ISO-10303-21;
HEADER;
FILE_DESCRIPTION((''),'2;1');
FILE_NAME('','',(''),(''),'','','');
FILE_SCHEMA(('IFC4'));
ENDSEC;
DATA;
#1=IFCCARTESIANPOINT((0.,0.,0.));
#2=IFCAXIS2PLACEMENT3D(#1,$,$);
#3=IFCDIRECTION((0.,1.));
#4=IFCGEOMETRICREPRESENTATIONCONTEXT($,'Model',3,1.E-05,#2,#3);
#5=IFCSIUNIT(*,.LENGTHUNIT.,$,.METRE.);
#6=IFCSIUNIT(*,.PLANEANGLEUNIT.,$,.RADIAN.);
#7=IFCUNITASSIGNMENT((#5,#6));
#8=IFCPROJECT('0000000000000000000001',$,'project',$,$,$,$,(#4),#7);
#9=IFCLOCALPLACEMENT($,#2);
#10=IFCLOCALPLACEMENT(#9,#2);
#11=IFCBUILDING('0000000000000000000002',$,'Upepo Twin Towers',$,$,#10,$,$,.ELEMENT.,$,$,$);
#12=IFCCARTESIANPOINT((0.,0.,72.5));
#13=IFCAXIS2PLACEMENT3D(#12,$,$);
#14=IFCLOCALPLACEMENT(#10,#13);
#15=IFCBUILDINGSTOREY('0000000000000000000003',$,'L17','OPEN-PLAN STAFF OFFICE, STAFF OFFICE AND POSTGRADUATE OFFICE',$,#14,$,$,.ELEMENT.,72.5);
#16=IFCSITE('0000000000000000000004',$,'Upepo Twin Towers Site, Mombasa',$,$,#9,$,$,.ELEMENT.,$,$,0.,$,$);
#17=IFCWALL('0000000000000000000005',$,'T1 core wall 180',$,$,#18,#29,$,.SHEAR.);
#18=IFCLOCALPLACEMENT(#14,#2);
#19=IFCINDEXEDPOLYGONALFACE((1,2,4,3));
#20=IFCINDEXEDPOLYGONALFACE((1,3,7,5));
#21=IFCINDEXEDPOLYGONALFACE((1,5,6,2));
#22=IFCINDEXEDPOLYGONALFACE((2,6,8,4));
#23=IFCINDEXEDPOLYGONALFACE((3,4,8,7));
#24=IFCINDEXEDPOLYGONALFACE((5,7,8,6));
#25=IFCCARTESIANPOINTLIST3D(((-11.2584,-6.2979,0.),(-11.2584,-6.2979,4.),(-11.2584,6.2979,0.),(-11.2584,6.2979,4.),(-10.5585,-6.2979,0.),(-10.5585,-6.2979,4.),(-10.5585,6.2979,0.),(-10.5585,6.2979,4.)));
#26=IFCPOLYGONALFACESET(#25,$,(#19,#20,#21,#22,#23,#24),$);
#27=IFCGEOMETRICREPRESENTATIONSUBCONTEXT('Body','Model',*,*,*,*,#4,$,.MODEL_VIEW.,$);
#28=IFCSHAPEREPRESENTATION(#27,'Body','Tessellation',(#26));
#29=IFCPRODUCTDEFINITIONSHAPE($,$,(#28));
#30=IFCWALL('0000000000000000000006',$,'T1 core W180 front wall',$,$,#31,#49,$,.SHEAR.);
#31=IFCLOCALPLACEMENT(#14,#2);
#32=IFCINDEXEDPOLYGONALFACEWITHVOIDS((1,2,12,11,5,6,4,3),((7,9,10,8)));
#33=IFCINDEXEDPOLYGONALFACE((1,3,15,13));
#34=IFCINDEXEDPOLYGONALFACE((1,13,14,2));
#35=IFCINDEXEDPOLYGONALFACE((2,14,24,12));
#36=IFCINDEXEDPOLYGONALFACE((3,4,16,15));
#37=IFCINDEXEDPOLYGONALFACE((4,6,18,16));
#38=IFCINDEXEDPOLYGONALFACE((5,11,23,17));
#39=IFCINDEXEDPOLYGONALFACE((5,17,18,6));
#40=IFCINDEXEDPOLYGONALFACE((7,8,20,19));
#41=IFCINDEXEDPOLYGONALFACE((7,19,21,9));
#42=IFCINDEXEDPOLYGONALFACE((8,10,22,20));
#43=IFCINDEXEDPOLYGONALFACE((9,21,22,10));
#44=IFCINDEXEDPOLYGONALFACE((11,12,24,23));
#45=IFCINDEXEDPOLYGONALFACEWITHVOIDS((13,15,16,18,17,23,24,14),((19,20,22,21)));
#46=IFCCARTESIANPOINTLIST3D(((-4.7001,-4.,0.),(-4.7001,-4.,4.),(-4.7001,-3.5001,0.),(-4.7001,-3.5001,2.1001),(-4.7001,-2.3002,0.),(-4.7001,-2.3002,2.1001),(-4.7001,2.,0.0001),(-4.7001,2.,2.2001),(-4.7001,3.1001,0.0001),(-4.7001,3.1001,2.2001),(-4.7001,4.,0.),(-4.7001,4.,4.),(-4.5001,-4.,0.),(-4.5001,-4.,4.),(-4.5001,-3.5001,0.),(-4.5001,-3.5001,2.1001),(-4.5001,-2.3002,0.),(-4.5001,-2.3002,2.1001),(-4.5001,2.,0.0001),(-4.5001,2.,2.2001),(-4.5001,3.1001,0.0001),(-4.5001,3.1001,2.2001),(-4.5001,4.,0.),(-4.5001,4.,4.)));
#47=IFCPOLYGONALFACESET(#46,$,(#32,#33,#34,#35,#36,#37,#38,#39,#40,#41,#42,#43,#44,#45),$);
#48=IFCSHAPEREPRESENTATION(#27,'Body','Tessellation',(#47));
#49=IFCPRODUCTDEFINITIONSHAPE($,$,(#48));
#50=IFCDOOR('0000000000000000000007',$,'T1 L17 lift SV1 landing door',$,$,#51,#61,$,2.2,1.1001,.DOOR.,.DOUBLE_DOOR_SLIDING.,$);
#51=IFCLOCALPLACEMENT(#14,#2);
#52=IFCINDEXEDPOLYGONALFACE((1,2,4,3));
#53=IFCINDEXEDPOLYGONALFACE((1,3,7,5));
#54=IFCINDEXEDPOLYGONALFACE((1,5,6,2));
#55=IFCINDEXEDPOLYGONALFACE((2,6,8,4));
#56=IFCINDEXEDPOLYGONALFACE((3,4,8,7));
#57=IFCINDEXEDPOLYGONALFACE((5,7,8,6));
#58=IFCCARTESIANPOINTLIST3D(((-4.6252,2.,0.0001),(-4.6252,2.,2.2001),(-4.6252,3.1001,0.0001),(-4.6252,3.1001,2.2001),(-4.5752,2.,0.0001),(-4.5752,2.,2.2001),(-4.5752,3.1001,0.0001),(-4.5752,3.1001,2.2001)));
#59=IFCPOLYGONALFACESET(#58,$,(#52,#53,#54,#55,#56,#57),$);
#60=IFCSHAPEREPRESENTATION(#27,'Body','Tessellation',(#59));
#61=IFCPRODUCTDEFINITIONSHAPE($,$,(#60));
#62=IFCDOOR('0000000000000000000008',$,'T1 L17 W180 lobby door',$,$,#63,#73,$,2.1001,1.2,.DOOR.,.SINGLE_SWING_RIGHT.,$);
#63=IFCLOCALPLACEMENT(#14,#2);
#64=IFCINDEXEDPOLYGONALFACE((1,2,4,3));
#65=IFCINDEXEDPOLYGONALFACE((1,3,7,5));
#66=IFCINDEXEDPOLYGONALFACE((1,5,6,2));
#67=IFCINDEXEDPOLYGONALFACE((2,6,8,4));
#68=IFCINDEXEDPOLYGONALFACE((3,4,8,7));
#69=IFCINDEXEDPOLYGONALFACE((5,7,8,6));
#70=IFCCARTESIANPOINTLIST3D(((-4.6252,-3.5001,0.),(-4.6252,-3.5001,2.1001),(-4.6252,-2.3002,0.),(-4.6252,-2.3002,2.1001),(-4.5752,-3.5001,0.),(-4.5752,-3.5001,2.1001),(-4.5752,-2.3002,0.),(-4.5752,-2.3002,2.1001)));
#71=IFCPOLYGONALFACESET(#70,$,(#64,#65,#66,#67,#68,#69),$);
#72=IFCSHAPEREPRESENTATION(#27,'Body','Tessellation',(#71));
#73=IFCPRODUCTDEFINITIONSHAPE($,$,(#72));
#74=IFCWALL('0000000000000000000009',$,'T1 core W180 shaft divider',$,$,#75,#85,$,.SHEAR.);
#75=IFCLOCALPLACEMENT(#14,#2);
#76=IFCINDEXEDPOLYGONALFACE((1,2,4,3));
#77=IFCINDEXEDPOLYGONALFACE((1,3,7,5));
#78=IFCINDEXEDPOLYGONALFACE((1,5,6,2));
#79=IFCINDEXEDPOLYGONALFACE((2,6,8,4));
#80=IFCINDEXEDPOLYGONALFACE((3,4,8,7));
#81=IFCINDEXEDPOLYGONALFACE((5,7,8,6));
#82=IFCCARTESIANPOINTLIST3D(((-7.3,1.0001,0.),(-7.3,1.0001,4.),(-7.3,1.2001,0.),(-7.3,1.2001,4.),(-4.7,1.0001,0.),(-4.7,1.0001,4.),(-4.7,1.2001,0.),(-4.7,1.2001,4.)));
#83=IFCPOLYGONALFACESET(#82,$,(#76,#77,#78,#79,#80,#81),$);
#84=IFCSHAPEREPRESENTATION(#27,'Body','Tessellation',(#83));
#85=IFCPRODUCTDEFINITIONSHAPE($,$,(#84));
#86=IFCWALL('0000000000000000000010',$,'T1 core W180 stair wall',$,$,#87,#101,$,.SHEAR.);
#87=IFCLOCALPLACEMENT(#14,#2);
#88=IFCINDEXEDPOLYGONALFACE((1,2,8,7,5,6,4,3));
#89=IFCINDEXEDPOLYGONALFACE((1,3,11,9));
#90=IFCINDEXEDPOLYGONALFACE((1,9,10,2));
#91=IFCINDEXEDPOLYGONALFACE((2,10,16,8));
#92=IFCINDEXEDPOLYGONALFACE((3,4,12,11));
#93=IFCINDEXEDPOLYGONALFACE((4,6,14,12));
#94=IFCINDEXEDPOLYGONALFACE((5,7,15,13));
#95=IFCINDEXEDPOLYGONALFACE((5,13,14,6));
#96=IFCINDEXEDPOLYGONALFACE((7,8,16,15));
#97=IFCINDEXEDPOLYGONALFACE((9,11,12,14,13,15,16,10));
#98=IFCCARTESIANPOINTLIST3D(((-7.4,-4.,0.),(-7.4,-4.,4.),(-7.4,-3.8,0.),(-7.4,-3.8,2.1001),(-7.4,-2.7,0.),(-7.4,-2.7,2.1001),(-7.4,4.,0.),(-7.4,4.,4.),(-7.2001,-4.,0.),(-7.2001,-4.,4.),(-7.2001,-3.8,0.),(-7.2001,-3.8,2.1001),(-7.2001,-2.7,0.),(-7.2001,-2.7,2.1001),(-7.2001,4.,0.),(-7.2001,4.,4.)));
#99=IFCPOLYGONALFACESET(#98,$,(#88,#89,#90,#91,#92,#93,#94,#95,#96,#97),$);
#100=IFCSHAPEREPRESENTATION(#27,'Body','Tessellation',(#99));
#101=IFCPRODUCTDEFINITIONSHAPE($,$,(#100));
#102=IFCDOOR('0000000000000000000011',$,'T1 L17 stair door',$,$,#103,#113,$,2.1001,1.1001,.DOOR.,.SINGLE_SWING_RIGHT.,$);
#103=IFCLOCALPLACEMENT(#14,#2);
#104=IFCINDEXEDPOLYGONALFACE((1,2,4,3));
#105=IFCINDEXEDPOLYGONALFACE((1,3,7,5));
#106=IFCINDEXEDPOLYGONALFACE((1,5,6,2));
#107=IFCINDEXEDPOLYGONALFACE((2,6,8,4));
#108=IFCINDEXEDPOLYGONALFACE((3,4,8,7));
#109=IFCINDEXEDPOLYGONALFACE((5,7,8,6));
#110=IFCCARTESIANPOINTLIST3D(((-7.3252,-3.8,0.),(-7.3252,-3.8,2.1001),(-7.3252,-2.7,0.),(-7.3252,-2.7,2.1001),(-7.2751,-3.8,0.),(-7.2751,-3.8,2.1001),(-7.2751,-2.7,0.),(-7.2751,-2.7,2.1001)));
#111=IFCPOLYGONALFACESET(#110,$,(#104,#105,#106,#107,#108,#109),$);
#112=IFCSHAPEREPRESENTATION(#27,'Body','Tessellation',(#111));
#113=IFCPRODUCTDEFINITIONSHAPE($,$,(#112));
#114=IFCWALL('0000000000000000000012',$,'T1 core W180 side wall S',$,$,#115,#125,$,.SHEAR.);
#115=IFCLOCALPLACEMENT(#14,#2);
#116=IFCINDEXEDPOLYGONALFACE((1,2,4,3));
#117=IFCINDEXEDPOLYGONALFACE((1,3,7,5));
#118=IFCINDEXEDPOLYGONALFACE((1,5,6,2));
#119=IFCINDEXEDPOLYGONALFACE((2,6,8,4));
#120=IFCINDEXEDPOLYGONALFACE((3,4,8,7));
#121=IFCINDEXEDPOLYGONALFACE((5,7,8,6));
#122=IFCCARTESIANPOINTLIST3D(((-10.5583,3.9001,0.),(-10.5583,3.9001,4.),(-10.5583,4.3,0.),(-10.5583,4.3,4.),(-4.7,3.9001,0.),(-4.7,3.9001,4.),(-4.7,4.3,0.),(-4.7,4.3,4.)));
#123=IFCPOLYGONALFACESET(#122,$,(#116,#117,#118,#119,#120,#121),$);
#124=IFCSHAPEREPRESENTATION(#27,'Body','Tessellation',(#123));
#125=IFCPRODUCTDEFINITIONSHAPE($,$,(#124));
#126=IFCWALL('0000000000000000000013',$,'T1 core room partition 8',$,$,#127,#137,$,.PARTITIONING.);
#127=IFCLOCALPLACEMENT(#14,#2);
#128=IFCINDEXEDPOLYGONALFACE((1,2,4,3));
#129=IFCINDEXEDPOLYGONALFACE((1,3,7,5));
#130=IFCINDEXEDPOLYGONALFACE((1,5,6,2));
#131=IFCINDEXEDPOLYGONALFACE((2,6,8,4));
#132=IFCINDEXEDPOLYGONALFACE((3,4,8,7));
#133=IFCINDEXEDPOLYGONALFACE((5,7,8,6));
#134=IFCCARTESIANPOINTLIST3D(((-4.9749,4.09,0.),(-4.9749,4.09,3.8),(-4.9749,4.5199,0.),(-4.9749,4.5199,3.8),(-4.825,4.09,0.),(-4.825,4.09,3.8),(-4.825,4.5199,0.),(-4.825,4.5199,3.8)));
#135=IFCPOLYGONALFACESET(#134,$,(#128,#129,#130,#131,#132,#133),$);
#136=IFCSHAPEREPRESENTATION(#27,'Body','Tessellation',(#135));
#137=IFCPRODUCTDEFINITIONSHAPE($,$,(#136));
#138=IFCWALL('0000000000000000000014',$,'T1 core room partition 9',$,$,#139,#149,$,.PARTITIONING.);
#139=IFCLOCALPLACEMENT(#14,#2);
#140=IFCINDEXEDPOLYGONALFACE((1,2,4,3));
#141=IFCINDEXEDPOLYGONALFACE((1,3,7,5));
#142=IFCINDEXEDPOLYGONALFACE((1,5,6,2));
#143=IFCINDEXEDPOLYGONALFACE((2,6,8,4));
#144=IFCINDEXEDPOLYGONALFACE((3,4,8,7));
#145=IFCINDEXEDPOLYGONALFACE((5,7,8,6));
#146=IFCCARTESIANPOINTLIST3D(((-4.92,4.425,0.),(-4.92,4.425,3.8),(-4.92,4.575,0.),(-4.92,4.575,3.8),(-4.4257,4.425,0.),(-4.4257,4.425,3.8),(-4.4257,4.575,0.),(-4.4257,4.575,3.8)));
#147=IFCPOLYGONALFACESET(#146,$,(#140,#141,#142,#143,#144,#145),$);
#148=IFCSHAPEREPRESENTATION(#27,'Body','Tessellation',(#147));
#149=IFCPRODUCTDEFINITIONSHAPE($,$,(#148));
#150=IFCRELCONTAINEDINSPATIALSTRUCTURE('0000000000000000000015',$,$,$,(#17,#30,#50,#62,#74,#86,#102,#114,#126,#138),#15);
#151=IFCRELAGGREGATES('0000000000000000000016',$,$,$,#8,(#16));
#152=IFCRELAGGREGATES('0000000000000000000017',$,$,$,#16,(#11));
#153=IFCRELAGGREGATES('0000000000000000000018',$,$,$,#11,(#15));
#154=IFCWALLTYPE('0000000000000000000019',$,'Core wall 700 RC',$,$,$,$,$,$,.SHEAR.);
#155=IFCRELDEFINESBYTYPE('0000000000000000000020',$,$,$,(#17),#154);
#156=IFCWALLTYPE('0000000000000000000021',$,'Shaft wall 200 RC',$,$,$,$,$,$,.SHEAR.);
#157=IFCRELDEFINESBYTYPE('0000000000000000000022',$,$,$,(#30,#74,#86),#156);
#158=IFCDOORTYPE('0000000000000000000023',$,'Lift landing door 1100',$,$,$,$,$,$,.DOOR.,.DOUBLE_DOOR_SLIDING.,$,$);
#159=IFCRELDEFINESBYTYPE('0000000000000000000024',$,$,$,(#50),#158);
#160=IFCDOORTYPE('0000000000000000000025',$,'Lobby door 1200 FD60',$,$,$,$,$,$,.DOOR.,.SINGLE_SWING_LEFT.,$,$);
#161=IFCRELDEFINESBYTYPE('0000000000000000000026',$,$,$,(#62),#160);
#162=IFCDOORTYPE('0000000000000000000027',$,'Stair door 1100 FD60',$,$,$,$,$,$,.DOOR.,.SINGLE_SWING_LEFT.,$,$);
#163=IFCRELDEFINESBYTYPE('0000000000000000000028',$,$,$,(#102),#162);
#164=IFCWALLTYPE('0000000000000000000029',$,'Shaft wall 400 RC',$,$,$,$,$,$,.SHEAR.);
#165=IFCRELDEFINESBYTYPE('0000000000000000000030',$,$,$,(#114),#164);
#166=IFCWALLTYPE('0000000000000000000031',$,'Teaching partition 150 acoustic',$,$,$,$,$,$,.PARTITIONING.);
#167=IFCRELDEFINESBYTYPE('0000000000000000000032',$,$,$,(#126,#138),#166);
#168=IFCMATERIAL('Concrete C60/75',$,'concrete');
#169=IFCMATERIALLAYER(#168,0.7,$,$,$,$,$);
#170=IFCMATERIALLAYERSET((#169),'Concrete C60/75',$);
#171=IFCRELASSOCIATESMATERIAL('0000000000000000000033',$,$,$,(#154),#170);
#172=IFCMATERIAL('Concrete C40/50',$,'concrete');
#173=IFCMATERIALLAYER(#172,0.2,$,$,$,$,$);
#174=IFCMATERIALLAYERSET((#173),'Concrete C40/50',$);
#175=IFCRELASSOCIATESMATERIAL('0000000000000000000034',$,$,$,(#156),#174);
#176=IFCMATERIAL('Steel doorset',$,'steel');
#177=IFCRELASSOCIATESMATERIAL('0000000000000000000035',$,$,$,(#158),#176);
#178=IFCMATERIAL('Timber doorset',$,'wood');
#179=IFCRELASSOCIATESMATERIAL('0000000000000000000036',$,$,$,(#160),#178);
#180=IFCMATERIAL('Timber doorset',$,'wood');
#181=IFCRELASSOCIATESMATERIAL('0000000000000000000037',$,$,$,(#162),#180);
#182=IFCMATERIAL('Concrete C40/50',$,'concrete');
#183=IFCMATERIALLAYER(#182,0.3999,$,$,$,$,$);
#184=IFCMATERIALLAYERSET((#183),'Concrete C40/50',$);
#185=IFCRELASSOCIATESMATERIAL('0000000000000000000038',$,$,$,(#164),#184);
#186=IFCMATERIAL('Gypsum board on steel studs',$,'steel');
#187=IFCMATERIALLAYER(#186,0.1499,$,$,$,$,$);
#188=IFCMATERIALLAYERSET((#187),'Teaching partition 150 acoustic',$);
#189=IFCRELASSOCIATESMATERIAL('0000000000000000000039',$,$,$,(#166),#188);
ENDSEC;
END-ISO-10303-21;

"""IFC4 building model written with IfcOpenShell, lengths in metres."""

from ifc_helpers import new_model, si_unit, direction, frame, frame_2d, origin, place, context, subcontext, project, spatial, rectangle, extrude, material, layer, layer_set, type_object, element, fill, save


model = new_model("IFC4")

# Units and contexts
model_context = context("Model", 3, precision=1e-05, world=origin(), true_north=direction((0.0, 1.0)))
body_context = subcontext(model_context, "Body", "Model", "MODEL_VIEW")
ifc_project = project(units=[si_unit("LENGTHUNIT", "METRE"), si_unit("PLANEANGLEUNIT", "RADIAN")], contexts=[model_context])

# Site, building, storey
site_placement = place(None, origin())
site = spatial("IfcSite", under=ifc_project, at=site_placement, Name="Upepo Twin Towers Site, Mombasa", CompositionType="ELEMENT", RefElevation=0.0)
building_placement = place(site_placement, origin())
building = spatial("IfcBuilding", under=site, at=building_placement, Name="Upepo Twin Towers", CompositionType="ELEMENT")
storey_placement = place(building_placement, frame((0.0, 0.0, 72.5)))
storey = spatial("IfcBuildingStorey", under=building, at=storey_placement, Name="L17", Description="OPEN-PLAN STAFF OFFICE, STAFF OFFICE AND POSTGRADUATE OFFICE", CompositionType="ELEMENT", Elevation=72.5)

# Wall
ifc_material_1 = material(Name="Concrete C60/75", Category="concrete")
ifc_layer_1 = layer(ifc_material_1, 0.7)
ifc_layer_set_1 = layer_set([ifc_layer_1], Name="Concrete C60/75")
wall_type_1 = type_object("IfcWallType", Name="Core wall 700 RC", PredefinedType="SHEAR", material=ifc_layer_set_1)
wall_1_placement = place(storey_placement, frame((-10.9084, 6.2979, 0.0), z_axis=(0.0, 0.0, 1.0), x_axis=(0.0, -1.0, 0.0)))
element("IfcWall", 1, at=wall_1_placement, inside=storey, type_object=wall_type_1, Name="T1 core wall 180", PredefinedType="SHEAR", context=body_context, shape_type="SweptSolid", body=[
    extrude(rectangle(XDim=12.5957, YDim=0.7, at=frame_2d((6.2979, 0.0))), origin(), (0.0, 0.0, 1.0), 4.0),
])

# Wall, openings, doors
ifc_material_2 = material(Name="Concrete C40/50", Category="concrete")
ifc_layer_2 = layer(ifc_material_2, 0.2)
ifc_layer_set_2 = layer_set([ifc_layer_2], Name="Concrete C40/50")
wall_type_2 = type_object("IfcWallType", Name="Shaft wall 200 RC", PredefinedType="SHEAR", material=ifc_layer_set_2)
wall_2_placement = place(storey_placement, frame((-4.6001, 4.0, 0.0), z_axis=(0.0, 0.0, 1.0), x_axis=(0.0, -1.0, 0.0)))
wall_2 = element("IfcWall", 2, at=wall_2_placement, inside=storey, type_object=wall_type_2, Name="T1 core W180 front wall", PredefinedType="SHEAR", context=body_context, shape_type="SweptSolid", body=[
    extrude(rectangle(XDim=8.0, YDim=0.2, at=frame_2d((4.0, 0.0))), origin(), (0.0, 0.0, 1.0), 4.0),
])
opening_1_placement = place(wall_2_placement, frame((6.3, 0.0, 0.0)))
opening_1 = element("IfcOpeningElement", 3, at=opening_1_placement, cuts=wall_2, PredefinedType="OPENING", context=body_context, shape_type="SweptSolid", body=[
    extrude(rectangle(XDim=1.2, YDim=2.1001, at=frame_2d((0.6001, 1.05))), frame((0.0, 0.1099, 0.0), z_axis=(0.0, -1.0, 0.0), x_axis=(1.0, 0.0, 0.0)), (0.0, 0.0, 1.0), 0.22),
])
opening_2_placement = place(wall_2_placement, frame((0.8999, 0.0, 0.0)))
opening_2 = element("IfcOpeningElement", 4, at=opening_2_placement, cuts=wall_2, PredefinedType="OPENING", context=body_context, shape_type="SweptSolid", body=[
    extrude(rectangle(XDim=1.1001, YDim=2.2, at=frame_2d((0.55, 1.1001))), frame((0.0, 0.1099, 0.0), z_axis=(0.0, -1.0, 0.0), x_axis=(1.0, 0.0, 0.0)), (0.0, 0.0, 1.0), 0.22),
])
ifc_material_3 = material(Name="Steel doorset", Category="steel")
door_type_1 = type_object("IfcDoorType", Name="Lift landing door 1100", OperationType="DOUBLE_DOOR_SLIDING", PredefinedType="DOOR", material=ifc_material_3)
door_1_placement = place(opening_2_placement, origin())
door_1 = element("IfcDoor", 5, at=door_1_placement, inside=storey, type_object=door_type_1, Name="T1 L17 lift SV1 landing door", OperationType="DOUBLE_DOOR_SLIDING", OverallHeight=2.2, OverallWidth=1.1001, PredefinedType="DOOR", context=body_context, shape_type="SweptSolid", body=[
    extrude(rectangle(XDim=1.1001, YDim=2.2, at=frame_2d((0.55, 1.1001))), frame((0.0, 0.0249, 0.0), z_axis=(0.0, -1.0, 0.0), x_axis=(1.0, 0.0, 0.0)), (0.0, 0.0, 1.0), 0.05),
])
fill(opening_2, door_1)
ifc_material_4 = material(Name="Timber doorset", Category="wood")
door_type_2 = type_object("IfcDoorType", Name="Lobby door 1200 FD60", OperationType="SINGLE_SWING_LEFT", PredefinedType="DOOR", material=ifc_material_4)
door_2_placement = place(opening_1_placement, origin())
door_2 = element("IfcDoor", 6, at=door_2_placement, inside=storey, type_object=door_type_2, Name="T1 L17 W180 lobby door", OperationType="SINGLE_SWING_RIGHT", OverallHeight=2.1001, OverallWidth=1.2, PredefinedType="DOOR", context=body_context, shape_type="SweptSolid", body=[
    extrude(rectangle(XDim=1.2, YDim=2.1001, at=frame_2d((0.6001, 1.05))), frame((0.0, 0.0249, 0.0), z_axis=(0.0, -1.0, 0.0), x_axis=(1.0, 0.0, 0.0)), (0.0, 0.0, 1.0), 0.05),
])
fill(opening_1, door_2)

# Wall
wall_3_placement = place(storey_placement, frame((-4.7, 1.1001, 0.0), z_axis=(0.0, 0.0, 1.0), x_axis=(-1.0, 0.0, 0.0)))
element("IfcWall", 7, at=wall_3_placement, inside=storey, type_object=wall_type_2, Name="T1 core W180 shaft divider", PredefinedType="SHEAR", context=body_context, shape_type="SweptSolid", body=[
    extrude(rectangle(XDim=2.6001, YDim=0.2, at=frame_2d((1.3, 0.0))), origin(), (0.0, 0.0, 1.0), 4.0),
])

# Wall, opening, door
wall_4_placement = place(storey_placement, frame((-7.3, 4.0, 0.0), z_axis=(0.0, 0.0, 1.0), x_axis=(0.0, -1.0, 0.0)))
wall_4 = element("IfcWall", 8, at=wall_4_placement, inside=storey, type_object=wall_type_2, Name="T1 core W180 stair wall", PredefinedType="SHEAR", context=body_context, shape_type="SweptSolid", body=[
    extrude(rectangle(XDim=8.0, YDim=0.2, at=frame_2d((4.0, 0.0))), origin(), (0.0, 0.0, 1.0), 4.0),
])
opening_3_placement = place(wall_4_placement, frame((6.7, 0.0, 0.0)))
opening_3 = element("IfcOpeningElement", 9, at=opening_3_placement, cuts=wall_4, PredefinedType="OPENING", context=body_context, shape_type="SweptSolid", body=[
    extrude(rectangle(XDim=1.1001, YDim=2.1001, at=frame_2d((0.55, 1.05))), frame((0.0, 0.1099, 0.0), z_axis=(0.0, -1.0, 0.0), x_axis=(1.0, 0.0, 0.0)), (0.0, 0.0, 1.0), 0.22),
])
ifc_material_5 = material(Name="Timber doorset", Category="wood")
door_type_3 = type_object("IfcDoorType", Name="Stair door 1100 FD60", OperationType="SINGLE_SWING_LEFT", PredefinedType="DOOR", material=ifc_material_5)
door_3_placement = place(opening_3_placement, origin())
door_3 = element("IfcDoor", 10, at=door_3_placement, inside=storey, type_object=door_type_3, Name="T1 L17 stair door", OperationType="SINGLE_SWING_RIGHT", OverallHeight=2.1001, OverallWidth=1.1001, PredefinedType="DOOR", context=body_context, shape_type="SweptSolid", body=[
    extrude(rectangle(XDim=1.1001, YDim=2.1001, at=frame_2d((0.55, 1.05))), frame((0.0, 0.0249, 0.0), z_axis=(0.0, -1.0, 0.0), x_axis=(1.0, 0.0, 0.0)), (0.0, 0.0, 1.0), 0.05),
])
fill(opening_3, door_3)

# Walls
ifc_material_6 = material(Name="Concrete C40/50", Category="concrete")
ifc_layer_3 = layer(ifc_material_6, 0.3999)
ifc_layer_set_3 = layer_set([ifc_layer_3], Name="Concrete C40/50")
wall_type_3 = type_object("IfcWallType", Name="Shaft wall 400 RC", PredefinedType="SHEAR", material=ifc_layer_set_3)
wall_5_placement = place(storey_placement, frame((-4.7, 4.1001, 0.0), z_axis=(0.0, 0.0, 1.0), x_axis=(-1.0, 0.0, 0.0)))
element("IfcWall", 11, at=wall_5_placement, inside=storey, type_object=wall_type_3, Name="T1 core W180 side wall S", PredefinedType="SHEAR", context=body_context, shape_type="SweptSolid", body=[
    extrude(rectangle(XDim=5.8584, YDim=0.3999, at=frame_2d((2.9292, 0.0))), origin(), (0.0, 0.0, 1.0), 4.0),
])
ifc_material_7 = material(Name="Gypsum board on steel studs", Category="steel")
ifc_layer_4 = layer(ifc_material_7, 0.1499)
ifc_layer_set_4 = layer_set([ifc_layer_4], Name="Teaching partition 150 acoustic")
wall_type_4 = type_object("IfcWallType", Name="Teaching partition 150 acoustic", PredefinedType="PARTITIONING", material=ifc_layer_set_4)
wall_6_placement = place(storey_placement, frame((-4.8999, 4.0901, 0.0), z_axis=(0.0, 0.0, 1.0), x_axis=(0.0, 1.0, 0.0)))
element("IfcWall", 12, at=wall_6_placement, inside=storey, type_object=wall_type_4, Name="T1 core room partition 8", PredefinedType="PARTITIONING", context=body_context, shape_type="SweptSolid", body=[
    extrude(rectangle(XDim=0.4299, YDim=0.1499, at=frame_2d((0.2148, 0.0))), origin(), (0.0, 0.0, 1.0), 3.8),
])
wall_7_placement = place(storey_placement, frame((-4.9199, 4.5, 0.0), z_axis=(0.0, 0.0, 1.0), x_axis=(1.0, 0.0, 0.0)))
element("IfcWall", 13, at=wall_7_placement, inside=storey, type_object=wall_type_4, Name="T1 core room partition 9", PredefinedType="PARTITIONING", context=body_context, shape_type="SweptSolid", body=[
    extrude(rectangle(XDim=0.4944, YDim=0.1499, at=frame_2d((0.2471, 0.0))), origin(), (0.0, 0.0, 1.0), 3.8),
])

save(model, "model.ifc")
